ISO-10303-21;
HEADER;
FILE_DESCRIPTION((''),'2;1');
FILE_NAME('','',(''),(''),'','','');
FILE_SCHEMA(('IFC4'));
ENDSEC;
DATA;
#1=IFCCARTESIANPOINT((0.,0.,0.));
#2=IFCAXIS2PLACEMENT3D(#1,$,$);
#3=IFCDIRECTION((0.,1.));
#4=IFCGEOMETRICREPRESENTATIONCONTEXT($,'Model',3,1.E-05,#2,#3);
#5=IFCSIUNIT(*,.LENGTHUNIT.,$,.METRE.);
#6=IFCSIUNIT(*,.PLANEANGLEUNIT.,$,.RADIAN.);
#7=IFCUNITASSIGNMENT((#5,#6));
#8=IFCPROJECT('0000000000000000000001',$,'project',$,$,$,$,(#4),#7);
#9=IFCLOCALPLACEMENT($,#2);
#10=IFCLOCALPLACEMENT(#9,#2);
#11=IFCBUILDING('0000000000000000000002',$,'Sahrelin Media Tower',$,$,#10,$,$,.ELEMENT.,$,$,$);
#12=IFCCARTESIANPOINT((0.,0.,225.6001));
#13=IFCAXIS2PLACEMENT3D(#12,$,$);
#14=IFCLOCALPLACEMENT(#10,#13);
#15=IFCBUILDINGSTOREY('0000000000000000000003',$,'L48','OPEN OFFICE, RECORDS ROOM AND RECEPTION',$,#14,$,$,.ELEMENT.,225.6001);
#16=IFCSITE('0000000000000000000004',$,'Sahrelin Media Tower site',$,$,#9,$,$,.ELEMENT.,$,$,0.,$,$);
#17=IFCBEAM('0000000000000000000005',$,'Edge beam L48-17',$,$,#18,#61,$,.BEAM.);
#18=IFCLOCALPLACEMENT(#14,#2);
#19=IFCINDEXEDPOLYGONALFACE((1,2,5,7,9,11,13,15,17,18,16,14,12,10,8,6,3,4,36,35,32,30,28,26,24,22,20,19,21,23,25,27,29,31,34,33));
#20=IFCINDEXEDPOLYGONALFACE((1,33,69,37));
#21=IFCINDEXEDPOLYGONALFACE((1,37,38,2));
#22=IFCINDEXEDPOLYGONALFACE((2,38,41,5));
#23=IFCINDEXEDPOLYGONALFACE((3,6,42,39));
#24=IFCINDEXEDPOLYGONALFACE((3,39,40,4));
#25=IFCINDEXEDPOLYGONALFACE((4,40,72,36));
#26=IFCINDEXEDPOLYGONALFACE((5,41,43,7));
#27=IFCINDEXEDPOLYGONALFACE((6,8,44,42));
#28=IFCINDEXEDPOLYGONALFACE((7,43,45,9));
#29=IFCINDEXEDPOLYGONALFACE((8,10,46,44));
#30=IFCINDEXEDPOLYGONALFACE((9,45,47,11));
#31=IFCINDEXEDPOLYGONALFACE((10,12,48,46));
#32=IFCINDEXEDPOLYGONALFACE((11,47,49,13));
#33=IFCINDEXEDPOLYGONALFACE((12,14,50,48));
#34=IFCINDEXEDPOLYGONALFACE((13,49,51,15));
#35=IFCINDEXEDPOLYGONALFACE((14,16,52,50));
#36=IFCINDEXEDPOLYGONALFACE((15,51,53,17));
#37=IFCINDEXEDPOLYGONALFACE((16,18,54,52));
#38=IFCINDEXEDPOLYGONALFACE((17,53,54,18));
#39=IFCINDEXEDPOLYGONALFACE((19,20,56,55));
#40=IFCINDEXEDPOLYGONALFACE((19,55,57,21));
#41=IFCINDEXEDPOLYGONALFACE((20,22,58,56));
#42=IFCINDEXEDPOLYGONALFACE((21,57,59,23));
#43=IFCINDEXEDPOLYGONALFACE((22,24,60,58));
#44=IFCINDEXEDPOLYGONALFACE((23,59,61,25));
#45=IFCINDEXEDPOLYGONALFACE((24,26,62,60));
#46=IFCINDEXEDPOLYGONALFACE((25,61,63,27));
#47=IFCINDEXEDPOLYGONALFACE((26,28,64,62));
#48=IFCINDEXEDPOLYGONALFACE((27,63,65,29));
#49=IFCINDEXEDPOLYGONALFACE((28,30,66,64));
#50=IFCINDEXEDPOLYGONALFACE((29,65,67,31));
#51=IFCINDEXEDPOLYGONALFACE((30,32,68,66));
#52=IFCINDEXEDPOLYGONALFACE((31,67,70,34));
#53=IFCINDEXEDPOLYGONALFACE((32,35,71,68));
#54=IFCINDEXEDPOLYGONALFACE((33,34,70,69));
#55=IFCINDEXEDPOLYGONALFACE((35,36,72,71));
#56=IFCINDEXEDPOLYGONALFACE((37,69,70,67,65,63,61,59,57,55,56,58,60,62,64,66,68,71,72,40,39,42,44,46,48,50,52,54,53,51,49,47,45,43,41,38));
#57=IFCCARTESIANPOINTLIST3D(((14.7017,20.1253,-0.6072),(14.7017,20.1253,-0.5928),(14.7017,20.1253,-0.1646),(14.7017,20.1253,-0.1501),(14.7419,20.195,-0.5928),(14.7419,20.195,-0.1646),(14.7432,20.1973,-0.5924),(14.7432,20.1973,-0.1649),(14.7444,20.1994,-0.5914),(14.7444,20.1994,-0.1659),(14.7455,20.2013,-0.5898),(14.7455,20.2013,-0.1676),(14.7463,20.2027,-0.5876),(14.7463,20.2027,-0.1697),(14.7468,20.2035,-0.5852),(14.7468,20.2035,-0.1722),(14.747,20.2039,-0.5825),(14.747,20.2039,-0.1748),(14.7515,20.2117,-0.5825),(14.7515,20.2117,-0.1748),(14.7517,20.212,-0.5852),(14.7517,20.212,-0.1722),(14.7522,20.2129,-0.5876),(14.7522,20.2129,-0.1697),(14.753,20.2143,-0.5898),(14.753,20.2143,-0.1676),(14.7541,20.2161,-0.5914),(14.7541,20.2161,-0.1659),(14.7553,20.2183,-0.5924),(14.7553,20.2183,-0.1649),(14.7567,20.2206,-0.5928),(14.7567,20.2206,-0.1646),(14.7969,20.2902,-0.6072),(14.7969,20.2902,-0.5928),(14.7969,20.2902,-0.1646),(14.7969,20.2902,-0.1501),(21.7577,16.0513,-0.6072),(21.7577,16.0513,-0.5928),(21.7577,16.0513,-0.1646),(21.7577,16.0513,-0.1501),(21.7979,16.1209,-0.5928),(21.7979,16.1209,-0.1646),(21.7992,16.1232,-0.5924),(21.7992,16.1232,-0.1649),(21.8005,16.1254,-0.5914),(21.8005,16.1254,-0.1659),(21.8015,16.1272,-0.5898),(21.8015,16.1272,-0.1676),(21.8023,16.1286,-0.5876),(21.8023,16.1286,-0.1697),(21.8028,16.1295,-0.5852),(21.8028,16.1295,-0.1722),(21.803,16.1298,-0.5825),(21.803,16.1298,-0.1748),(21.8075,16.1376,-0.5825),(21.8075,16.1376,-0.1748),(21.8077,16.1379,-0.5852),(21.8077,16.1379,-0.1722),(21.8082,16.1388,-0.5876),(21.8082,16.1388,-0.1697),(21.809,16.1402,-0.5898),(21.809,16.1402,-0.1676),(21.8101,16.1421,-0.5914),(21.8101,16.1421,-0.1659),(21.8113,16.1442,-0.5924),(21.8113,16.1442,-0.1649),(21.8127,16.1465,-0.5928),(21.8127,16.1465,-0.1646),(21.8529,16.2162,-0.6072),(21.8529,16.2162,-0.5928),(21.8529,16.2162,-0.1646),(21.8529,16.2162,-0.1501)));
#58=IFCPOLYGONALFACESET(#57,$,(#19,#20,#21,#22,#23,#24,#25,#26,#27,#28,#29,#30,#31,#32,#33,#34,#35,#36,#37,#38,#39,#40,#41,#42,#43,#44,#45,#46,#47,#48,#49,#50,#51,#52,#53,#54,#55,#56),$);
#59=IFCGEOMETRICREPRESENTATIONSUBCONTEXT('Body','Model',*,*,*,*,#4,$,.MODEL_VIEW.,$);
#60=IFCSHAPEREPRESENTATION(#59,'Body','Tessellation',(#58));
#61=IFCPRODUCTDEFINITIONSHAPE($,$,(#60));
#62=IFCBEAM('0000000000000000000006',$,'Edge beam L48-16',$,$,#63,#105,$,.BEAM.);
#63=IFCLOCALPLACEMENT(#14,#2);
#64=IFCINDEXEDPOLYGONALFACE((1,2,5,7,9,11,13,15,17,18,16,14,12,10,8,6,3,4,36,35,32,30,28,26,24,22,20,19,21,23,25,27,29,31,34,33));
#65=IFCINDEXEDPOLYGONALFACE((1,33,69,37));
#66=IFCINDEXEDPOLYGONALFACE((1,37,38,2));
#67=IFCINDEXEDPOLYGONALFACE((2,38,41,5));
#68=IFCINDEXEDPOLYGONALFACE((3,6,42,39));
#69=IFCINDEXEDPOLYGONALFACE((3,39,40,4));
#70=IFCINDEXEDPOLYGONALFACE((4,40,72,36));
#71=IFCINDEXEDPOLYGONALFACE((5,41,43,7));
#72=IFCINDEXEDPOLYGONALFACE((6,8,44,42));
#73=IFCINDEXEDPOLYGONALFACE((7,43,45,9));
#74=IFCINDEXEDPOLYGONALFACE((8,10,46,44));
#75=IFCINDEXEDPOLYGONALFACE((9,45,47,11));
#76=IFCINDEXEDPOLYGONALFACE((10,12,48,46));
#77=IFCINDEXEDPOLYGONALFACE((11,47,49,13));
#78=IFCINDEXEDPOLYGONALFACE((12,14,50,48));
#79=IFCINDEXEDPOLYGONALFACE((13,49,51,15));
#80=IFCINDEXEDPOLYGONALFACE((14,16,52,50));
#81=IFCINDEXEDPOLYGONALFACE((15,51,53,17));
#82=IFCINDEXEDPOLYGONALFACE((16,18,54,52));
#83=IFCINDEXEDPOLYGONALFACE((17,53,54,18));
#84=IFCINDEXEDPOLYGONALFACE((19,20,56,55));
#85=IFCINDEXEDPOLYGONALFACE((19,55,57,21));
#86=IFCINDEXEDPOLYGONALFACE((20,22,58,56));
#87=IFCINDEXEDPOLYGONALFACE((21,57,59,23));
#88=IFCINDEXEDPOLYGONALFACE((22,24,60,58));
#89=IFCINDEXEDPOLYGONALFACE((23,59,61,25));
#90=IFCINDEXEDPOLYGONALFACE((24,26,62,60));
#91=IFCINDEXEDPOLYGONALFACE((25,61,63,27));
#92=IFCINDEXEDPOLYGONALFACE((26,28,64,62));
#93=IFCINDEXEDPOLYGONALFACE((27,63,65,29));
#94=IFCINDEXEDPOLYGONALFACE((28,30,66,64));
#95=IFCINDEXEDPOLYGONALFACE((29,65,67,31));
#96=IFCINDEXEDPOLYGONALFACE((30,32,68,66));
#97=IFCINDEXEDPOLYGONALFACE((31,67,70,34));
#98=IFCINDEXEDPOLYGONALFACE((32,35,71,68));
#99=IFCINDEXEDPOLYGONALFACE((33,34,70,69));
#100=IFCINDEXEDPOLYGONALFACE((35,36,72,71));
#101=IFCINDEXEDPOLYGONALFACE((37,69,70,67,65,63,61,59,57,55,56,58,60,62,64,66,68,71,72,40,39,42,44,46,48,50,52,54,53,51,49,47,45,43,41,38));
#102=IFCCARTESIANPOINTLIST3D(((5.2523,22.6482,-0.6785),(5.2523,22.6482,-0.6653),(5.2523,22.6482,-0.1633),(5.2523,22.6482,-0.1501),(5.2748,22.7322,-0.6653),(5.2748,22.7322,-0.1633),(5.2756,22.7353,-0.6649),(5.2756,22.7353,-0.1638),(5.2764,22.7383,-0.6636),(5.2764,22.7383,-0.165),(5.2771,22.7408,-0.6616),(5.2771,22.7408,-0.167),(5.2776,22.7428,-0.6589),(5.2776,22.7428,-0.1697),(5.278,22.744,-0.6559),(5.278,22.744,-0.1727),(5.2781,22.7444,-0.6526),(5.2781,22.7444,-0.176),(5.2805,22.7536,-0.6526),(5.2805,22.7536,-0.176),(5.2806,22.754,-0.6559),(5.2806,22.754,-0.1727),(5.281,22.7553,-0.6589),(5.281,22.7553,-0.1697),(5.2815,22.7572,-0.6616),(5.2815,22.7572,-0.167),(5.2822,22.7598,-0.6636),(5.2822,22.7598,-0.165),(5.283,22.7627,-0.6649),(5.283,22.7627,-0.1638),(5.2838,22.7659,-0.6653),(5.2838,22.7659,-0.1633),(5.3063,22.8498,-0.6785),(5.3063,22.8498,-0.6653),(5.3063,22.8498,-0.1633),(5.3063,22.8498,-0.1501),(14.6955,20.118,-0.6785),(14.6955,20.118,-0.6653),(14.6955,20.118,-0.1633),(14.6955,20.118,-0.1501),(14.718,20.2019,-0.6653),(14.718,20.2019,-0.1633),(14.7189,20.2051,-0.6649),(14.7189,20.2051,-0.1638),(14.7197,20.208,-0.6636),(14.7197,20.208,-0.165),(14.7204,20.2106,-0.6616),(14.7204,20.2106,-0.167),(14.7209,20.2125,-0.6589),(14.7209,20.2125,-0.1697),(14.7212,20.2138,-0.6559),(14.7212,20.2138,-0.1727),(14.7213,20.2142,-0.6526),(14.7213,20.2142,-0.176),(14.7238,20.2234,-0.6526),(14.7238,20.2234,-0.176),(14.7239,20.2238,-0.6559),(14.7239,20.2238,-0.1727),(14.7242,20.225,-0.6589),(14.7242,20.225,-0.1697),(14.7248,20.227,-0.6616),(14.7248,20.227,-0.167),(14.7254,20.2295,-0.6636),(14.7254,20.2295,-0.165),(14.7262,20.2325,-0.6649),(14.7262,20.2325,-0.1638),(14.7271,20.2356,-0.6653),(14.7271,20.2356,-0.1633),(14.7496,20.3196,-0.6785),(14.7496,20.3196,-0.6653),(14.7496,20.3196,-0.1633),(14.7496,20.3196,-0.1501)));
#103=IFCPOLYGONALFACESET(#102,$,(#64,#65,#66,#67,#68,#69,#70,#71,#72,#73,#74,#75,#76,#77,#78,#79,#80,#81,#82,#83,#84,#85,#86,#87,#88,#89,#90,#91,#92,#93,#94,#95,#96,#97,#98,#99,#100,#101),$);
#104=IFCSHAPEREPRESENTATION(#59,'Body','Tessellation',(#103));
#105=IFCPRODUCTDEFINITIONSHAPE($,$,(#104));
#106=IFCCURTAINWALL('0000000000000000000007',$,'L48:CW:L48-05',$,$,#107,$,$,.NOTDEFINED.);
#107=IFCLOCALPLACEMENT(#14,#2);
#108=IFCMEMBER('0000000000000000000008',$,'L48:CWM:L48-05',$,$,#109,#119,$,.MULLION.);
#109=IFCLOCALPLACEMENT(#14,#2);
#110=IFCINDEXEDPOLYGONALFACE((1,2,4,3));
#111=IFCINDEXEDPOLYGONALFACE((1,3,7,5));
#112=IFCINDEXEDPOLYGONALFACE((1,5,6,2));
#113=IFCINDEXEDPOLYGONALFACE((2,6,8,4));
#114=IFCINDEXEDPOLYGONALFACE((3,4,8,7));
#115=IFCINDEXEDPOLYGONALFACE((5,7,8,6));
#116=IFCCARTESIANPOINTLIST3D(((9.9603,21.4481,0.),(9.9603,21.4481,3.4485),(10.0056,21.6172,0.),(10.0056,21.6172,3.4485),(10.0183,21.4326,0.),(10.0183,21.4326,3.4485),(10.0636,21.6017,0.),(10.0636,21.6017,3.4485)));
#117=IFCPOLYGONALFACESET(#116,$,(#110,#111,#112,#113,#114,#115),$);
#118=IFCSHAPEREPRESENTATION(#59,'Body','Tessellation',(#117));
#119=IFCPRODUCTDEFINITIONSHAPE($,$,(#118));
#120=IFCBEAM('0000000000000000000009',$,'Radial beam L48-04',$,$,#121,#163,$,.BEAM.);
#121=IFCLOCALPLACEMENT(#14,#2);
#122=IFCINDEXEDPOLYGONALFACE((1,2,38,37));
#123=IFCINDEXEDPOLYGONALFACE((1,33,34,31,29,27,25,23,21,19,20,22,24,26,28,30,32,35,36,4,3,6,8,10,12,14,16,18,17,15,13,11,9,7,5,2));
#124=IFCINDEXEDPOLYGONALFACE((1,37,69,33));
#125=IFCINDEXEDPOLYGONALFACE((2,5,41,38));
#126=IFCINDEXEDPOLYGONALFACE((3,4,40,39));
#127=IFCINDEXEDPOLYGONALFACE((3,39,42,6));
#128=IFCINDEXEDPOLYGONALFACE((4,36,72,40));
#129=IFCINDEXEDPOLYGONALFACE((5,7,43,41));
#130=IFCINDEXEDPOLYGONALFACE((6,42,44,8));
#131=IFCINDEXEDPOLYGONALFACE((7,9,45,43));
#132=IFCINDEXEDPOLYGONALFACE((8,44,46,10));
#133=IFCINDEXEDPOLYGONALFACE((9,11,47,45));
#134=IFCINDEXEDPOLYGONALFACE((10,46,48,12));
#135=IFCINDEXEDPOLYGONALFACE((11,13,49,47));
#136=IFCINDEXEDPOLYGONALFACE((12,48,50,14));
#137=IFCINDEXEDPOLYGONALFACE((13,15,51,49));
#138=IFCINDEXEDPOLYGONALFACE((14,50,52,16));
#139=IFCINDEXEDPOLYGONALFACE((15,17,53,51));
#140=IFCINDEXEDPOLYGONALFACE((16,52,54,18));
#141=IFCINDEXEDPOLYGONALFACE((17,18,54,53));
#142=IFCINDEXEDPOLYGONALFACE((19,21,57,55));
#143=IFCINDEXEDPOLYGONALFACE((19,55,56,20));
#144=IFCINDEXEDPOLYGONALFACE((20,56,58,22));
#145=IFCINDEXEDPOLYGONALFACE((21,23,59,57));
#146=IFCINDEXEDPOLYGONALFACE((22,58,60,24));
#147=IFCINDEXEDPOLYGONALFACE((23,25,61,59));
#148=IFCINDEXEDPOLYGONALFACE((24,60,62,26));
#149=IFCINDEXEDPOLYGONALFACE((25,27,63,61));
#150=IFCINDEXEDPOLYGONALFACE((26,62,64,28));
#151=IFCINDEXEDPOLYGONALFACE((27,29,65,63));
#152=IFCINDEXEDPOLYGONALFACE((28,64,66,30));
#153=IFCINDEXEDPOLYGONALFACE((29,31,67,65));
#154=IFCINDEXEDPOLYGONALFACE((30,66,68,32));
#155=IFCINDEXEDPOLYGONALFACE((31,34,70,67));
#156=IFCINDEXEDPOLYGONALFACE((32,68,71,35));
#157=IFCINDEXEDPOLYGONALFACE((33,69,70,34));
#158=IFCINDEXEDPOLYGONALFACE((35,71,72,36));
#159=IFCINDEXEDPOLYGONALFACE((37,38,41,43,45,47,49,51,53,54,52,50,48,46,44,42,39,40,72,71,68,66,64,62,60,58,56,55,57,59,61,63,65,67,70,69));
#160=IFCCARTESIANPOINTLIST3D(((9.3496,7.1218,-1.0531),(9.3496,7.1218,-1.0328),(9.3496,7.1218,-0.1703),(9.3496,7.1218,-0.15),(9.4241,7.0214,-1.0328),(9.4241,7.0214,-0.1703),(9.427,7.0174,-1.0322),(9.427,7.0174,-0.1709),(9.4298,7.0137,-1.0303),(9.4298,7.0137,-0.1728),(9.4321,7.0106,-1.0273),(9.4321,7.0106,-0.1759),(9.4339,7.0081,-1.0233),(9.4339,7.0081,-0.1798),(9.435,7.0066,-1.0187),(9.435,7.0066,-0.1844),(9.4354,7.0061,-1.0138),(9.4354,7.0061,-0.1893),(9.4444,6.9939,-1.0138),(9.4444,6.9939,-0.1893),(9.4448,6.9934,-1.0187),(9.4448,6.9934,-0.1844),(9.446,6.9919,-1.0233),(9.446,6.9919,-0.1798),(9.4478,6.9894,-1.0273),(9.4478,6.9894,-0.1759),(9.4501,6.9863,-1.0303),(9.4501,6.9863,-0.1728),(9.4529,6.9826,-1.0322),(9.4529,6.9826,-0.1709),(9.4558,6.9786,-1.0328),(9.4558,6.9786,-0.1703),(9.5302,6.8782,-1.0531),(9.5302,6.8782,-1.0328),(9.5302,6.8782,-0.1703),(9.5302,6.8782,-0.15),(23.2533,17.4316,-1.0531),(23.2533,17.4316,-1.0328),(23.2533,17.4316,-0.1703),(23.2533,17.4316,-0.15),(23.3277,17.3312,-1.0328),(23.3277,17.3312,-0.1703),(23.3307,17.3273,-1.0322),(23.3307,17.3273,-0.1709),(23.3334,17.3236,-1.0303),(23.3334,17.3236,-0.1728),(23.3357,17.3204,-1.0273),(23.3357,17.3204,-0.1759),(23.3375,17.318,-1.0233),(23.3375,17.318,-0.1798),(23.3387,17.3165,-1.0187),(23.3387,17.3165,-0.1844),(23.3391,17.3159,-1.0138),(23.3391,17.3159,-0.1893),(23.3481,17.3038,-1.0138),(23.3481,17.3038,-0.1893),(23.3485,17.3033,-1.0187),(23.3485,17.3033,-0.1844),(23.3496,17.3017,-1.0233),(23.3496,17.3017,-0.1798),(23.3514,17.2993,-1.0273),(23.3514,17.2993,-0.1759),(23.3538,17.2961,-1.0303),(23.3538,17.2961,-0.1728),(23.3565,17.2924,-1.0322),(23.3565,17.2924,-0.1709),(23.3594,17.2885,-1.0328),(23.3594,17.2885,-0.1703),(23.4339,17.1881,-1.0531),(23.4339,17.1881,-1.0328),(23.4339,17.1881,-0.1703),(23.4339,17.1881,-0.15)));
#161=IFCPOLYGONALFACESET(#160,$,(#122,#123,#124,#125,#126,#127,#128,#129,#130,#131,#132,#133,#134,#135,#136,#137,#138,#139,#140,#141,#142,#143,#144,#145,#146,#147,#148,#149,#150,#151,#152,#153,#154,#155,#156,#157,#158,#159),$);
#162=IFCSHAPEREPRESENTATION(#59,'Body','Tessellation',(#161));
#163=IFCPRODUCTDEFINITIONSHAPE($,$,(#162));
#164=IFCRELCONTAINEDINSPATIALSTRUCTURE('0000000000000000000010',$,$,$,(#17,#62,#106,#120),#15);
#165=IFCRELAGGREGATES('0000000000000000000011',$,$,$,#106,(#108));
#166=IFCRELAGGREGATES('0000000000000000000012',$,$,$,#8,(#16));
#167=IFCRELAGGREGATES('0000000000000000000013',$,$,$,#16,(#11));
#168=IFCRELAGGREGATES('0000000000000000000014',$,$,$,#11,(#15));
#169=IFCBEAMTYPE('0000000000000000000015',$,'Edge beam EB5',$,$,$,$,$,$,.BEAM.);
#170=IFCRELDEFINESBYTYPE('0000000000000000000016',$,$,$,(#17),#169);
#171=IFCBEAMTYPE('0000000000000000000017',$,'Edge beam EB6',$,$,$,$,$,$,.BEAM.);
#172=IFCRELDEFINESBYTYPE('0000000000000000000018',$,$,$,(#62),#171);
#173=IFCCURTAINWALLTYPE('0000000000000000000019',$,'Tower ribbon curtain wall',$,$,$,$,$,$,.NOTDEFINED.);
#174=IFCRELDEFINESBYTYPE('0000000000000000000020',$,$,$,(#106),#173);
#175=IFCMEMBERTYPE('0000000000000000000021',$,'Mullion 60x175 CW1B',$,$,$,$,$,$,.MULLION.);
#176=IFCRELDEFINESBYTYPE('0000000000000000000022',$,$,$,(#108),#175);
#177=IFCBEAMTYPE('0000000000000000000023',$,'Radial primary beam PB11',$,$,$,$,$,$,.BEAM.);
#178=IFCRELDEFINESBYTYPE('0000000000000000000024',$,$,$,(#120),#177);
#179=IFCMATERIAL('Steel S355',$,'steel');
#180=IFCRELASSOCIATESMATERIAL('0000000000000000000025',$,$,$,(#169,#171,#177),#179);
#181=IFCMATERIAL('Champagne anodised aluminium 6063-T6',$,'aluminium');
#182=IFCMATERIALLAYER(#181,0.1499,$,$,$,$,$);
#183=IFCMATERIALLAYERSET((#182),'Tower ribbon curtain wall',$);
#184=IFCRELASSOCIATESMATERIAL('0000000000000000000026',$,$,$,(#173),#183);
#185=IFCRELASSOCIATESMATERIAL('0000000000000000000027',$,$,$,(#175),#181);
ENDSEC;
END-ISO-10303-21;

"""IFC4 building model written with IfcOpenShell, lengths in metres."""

from ifc_helpers import new_model, si_unit, direction, frame, origin, origin_2d, place, context, subcontext, project, spatial, rectangle, i_section, extrude, material, layer, layer_set, material_profile, profile_set, type_object, element, aggregate, save


model = new_model("IFC4")

# Units and contexts
model_context = context("Model", 3, precision=1e-05, world=origin(), true_north=direction((0.0, 1.0)))
body_context = subcontext(model_context, "Body", "Model", "MODEL_VIEW")
ifc_project = project(units=[si_unit("LENGTHUNIT", "METRE"), si_unit("PLANEANGLEUNIT", "RADIAN")], contexts=[model_context])

# Site, building, storey
site_placement = place(None, origin())
site = spatial("IfcSite", under=ifc_project, at=site_placement, Name="Sahrelin Media Tower site", CompositionType="ELEMENT", RefElevation=0.0)
building_placement = place(site_placement, origin())
building = spatial("IfcBuilding", under=site, at=building_placement, Name="Sahrelin Media Tower", CompositionType="ELEMENT")
storey_placement = place(building_placement, frame((0.0, 0.0, 225.6001)))
storey = spatial("IfcBuildingStorey", under=building, at=storey_placement, Name="L48", Description="OPEN OFFICE, RECORDS ROOM AND RECEPTION", CompositionType="ELEMENT", Elevation=225.6001)

# Beams
ifc_material_1 = material(Name="Steel S355", Category="steel")
ifc_material_profile_1 = material_profile(ifc_material_1, i_section(OverallWidth=0.1904, OverallDepth=0.457, WebThickness=0.009, FlangeThickness=0.0144, FilletRadius=0.0103, at=origin_2d()), Name="UB 457x191x74")
ifc_profile_set_1 = profile_set([ifc_material_profile_1], Name="Steel S355")
beam_type_1 = type_object("IfcBeamType", Name="Edge beam EB5", PredefinedType="BEAM", material=ifc_profile_set_1)
beam_1_placement = place(storey_placement, frame((14.7493, 20.2078, -0.3787), z_axis=(0.866012, -0.500022, 0.0), x_axis=(0.500022, 0.866012, 0.0)))
element("IfcBeam", 1, at=beam_1_placement, inside=storey, type_object=beam_type_1, Name="Edge beam L48-17", PredefinedType="BEAM", context=body_context, shape_type="SweptSolid", body=[
    extrude(i_section(OverallWidth=0.1904, OverallDepth=0.457, WebThickness=0.009, FlangeThickness=0.0144, FilletRadius=0.0103, at=origin_2d()), origin(), (0.0, 0.0, 1.0), 8.1477),
])
ifc_material_profile_2 = material_profile(ifc_material_1, i_section(OverallWidth=0.2087, OverallDepth=0.5283, WebThickness=0.0095, FlangeThickness=0.0132, FilletRadius=0.0127, at=origin_2d()), Name="UB 533x210x82")
ifc_profile_set_2 = profile_set([ifc_material_profile_2], Name="Steel S355")
beam_type_2 = type_object("IfcBeamType", Name="Edge beam EB6", PredefinedType="BEAM", material=ifc_profile_set_2)
beam_2_placement = place(storey_placement, frame((5.2793, 22.749, -0.4143), z_axis=(0.965928, -0.258813, 0.0), x_axis=(0.258813, 0.965928, 0.0)))
element("IfcBeam", 2, at=beam_2_placement, inside=storey, type_object=beam_type_2, Name="Edge beam L48-16", PredefinedType="BEAM", context=body_context, shape_type="SweptSolid", body=[
    extrude(i_section(OverallWidth=0.2087, OverallDepth=0.5283, WebThickness=0.0095, FlangeThickness=0.0132, FilletRadius=0.0127, at=origin_2d()), origin(), (0.0, 0.0, 1.0), 9.7764),
])

# Curtain wall, member
ifc_material_2 = material(Name="Champagne anodised aluminium 6063-T6", Category="aluminium")
ifc_layer_1 = layer(ifc_material_2, 0.1499)
ifc_layer_set_1 = layer_set([ifc_layer_1], Name="Tower ribbon curtain wall")
curtain_wall_type = type_object("IfcCurtainWallType", Name="Tower ribbon curtain wall", PredefinedType="NOTDEFINED", material=ifc_layer_set_1)
curtain_wall_1_placement = place(storey_placement, frame((10.0398, 21.6289, 0.0), z_axis=(0.0, 0.0, 1.0), x_axis=(1.0, 0.0, 0.0)))
curtain_wall_1 = element("IfcCurtainWall", 3, at=curtain_wall_1_placement, inside=storey, type_object=curtain_wall_type, Name="L48:CW:L48-05", PredefinedType="NOTDEFINED")
ifc_material_profile_3 = material_profile(ifc_material_2, rectangle(XDim=0.0601, YDim=0.175, at=origin_2d()), Name="Mullion 60x175")
ifc_profile_set_3 = profile_set([ifc_material_profile_3], Name="Champagne anodised aluminium 6063-T6")
member_type_1 = type_object("IfcMemberType", Name="Mullion 60x175 CW1B", PredefinedType="MULLION", material=ifc_profile_set_3)
member_1_placement = place(storey_placement, frame((10.012, 21.5249, 0.0), z_axis=(0.0, 0.0, 1.0), x_axis=(-0.965926, 0.258817, 0.0)))
member_1 = element("IfcMember", 4, at=member_1_placement, type_object=member_type_1, Name="L48:CWM:L48-05", PredefinedType="MULLION", context=body_context, shape_type="SweptSolid", body=[
    extrude(rectangle(XDim=0.0601, YDim=0.175, at=origin_2d()), origin(), (0.0, 0.0, 1.0), 3.4485),
])

# Beam
ifc_material_profile_4 = material_profile(ifc_material_1, i_section(OverallWidth=0.3032, OverallDepth=0.9031, WebThickness=0.0151, FlangeThickness=0.0203, FilletRadius=0.019, at=origin_2d()), Name="UB 914x305x201")
ifc_profile_set_4 = profile_set([ifc_material_profile_4], Name="Steel S355")
beam_type_3 = type_object("IfcBeamType", Name="Radial primary beam PB11", PredefinedType="BEAM", material=ifc_profile_set_4)
beam_3_placement = place(storey_placement, frame((9.4399, 7.0, -0.6016), z_axis=(0.803257, 0.595633, 0.0), x_axis=(-0.595633, 0.803257, 0.0)))
element("IfcBeam", 5, at=beam_3_placement, inside=storey, type_object=beam_type_3, Name="Radial beam L48-04", PredefinedType="BEAM", context=body_context, shape_type="SweptSolid", body=[
    extrude(i_section(OverallWidth=0.3032, OverallDepth=0.9031, WebThickness=0.0151, FlangeThickness=0.0203, FilletRadius=0.019, at=origin_2d()), origin(), (0.0, 0.0, 1.0), 17.3091),
])

aggregate(curtain_wall_1, [member_1])

save(model, "model.ifc")
